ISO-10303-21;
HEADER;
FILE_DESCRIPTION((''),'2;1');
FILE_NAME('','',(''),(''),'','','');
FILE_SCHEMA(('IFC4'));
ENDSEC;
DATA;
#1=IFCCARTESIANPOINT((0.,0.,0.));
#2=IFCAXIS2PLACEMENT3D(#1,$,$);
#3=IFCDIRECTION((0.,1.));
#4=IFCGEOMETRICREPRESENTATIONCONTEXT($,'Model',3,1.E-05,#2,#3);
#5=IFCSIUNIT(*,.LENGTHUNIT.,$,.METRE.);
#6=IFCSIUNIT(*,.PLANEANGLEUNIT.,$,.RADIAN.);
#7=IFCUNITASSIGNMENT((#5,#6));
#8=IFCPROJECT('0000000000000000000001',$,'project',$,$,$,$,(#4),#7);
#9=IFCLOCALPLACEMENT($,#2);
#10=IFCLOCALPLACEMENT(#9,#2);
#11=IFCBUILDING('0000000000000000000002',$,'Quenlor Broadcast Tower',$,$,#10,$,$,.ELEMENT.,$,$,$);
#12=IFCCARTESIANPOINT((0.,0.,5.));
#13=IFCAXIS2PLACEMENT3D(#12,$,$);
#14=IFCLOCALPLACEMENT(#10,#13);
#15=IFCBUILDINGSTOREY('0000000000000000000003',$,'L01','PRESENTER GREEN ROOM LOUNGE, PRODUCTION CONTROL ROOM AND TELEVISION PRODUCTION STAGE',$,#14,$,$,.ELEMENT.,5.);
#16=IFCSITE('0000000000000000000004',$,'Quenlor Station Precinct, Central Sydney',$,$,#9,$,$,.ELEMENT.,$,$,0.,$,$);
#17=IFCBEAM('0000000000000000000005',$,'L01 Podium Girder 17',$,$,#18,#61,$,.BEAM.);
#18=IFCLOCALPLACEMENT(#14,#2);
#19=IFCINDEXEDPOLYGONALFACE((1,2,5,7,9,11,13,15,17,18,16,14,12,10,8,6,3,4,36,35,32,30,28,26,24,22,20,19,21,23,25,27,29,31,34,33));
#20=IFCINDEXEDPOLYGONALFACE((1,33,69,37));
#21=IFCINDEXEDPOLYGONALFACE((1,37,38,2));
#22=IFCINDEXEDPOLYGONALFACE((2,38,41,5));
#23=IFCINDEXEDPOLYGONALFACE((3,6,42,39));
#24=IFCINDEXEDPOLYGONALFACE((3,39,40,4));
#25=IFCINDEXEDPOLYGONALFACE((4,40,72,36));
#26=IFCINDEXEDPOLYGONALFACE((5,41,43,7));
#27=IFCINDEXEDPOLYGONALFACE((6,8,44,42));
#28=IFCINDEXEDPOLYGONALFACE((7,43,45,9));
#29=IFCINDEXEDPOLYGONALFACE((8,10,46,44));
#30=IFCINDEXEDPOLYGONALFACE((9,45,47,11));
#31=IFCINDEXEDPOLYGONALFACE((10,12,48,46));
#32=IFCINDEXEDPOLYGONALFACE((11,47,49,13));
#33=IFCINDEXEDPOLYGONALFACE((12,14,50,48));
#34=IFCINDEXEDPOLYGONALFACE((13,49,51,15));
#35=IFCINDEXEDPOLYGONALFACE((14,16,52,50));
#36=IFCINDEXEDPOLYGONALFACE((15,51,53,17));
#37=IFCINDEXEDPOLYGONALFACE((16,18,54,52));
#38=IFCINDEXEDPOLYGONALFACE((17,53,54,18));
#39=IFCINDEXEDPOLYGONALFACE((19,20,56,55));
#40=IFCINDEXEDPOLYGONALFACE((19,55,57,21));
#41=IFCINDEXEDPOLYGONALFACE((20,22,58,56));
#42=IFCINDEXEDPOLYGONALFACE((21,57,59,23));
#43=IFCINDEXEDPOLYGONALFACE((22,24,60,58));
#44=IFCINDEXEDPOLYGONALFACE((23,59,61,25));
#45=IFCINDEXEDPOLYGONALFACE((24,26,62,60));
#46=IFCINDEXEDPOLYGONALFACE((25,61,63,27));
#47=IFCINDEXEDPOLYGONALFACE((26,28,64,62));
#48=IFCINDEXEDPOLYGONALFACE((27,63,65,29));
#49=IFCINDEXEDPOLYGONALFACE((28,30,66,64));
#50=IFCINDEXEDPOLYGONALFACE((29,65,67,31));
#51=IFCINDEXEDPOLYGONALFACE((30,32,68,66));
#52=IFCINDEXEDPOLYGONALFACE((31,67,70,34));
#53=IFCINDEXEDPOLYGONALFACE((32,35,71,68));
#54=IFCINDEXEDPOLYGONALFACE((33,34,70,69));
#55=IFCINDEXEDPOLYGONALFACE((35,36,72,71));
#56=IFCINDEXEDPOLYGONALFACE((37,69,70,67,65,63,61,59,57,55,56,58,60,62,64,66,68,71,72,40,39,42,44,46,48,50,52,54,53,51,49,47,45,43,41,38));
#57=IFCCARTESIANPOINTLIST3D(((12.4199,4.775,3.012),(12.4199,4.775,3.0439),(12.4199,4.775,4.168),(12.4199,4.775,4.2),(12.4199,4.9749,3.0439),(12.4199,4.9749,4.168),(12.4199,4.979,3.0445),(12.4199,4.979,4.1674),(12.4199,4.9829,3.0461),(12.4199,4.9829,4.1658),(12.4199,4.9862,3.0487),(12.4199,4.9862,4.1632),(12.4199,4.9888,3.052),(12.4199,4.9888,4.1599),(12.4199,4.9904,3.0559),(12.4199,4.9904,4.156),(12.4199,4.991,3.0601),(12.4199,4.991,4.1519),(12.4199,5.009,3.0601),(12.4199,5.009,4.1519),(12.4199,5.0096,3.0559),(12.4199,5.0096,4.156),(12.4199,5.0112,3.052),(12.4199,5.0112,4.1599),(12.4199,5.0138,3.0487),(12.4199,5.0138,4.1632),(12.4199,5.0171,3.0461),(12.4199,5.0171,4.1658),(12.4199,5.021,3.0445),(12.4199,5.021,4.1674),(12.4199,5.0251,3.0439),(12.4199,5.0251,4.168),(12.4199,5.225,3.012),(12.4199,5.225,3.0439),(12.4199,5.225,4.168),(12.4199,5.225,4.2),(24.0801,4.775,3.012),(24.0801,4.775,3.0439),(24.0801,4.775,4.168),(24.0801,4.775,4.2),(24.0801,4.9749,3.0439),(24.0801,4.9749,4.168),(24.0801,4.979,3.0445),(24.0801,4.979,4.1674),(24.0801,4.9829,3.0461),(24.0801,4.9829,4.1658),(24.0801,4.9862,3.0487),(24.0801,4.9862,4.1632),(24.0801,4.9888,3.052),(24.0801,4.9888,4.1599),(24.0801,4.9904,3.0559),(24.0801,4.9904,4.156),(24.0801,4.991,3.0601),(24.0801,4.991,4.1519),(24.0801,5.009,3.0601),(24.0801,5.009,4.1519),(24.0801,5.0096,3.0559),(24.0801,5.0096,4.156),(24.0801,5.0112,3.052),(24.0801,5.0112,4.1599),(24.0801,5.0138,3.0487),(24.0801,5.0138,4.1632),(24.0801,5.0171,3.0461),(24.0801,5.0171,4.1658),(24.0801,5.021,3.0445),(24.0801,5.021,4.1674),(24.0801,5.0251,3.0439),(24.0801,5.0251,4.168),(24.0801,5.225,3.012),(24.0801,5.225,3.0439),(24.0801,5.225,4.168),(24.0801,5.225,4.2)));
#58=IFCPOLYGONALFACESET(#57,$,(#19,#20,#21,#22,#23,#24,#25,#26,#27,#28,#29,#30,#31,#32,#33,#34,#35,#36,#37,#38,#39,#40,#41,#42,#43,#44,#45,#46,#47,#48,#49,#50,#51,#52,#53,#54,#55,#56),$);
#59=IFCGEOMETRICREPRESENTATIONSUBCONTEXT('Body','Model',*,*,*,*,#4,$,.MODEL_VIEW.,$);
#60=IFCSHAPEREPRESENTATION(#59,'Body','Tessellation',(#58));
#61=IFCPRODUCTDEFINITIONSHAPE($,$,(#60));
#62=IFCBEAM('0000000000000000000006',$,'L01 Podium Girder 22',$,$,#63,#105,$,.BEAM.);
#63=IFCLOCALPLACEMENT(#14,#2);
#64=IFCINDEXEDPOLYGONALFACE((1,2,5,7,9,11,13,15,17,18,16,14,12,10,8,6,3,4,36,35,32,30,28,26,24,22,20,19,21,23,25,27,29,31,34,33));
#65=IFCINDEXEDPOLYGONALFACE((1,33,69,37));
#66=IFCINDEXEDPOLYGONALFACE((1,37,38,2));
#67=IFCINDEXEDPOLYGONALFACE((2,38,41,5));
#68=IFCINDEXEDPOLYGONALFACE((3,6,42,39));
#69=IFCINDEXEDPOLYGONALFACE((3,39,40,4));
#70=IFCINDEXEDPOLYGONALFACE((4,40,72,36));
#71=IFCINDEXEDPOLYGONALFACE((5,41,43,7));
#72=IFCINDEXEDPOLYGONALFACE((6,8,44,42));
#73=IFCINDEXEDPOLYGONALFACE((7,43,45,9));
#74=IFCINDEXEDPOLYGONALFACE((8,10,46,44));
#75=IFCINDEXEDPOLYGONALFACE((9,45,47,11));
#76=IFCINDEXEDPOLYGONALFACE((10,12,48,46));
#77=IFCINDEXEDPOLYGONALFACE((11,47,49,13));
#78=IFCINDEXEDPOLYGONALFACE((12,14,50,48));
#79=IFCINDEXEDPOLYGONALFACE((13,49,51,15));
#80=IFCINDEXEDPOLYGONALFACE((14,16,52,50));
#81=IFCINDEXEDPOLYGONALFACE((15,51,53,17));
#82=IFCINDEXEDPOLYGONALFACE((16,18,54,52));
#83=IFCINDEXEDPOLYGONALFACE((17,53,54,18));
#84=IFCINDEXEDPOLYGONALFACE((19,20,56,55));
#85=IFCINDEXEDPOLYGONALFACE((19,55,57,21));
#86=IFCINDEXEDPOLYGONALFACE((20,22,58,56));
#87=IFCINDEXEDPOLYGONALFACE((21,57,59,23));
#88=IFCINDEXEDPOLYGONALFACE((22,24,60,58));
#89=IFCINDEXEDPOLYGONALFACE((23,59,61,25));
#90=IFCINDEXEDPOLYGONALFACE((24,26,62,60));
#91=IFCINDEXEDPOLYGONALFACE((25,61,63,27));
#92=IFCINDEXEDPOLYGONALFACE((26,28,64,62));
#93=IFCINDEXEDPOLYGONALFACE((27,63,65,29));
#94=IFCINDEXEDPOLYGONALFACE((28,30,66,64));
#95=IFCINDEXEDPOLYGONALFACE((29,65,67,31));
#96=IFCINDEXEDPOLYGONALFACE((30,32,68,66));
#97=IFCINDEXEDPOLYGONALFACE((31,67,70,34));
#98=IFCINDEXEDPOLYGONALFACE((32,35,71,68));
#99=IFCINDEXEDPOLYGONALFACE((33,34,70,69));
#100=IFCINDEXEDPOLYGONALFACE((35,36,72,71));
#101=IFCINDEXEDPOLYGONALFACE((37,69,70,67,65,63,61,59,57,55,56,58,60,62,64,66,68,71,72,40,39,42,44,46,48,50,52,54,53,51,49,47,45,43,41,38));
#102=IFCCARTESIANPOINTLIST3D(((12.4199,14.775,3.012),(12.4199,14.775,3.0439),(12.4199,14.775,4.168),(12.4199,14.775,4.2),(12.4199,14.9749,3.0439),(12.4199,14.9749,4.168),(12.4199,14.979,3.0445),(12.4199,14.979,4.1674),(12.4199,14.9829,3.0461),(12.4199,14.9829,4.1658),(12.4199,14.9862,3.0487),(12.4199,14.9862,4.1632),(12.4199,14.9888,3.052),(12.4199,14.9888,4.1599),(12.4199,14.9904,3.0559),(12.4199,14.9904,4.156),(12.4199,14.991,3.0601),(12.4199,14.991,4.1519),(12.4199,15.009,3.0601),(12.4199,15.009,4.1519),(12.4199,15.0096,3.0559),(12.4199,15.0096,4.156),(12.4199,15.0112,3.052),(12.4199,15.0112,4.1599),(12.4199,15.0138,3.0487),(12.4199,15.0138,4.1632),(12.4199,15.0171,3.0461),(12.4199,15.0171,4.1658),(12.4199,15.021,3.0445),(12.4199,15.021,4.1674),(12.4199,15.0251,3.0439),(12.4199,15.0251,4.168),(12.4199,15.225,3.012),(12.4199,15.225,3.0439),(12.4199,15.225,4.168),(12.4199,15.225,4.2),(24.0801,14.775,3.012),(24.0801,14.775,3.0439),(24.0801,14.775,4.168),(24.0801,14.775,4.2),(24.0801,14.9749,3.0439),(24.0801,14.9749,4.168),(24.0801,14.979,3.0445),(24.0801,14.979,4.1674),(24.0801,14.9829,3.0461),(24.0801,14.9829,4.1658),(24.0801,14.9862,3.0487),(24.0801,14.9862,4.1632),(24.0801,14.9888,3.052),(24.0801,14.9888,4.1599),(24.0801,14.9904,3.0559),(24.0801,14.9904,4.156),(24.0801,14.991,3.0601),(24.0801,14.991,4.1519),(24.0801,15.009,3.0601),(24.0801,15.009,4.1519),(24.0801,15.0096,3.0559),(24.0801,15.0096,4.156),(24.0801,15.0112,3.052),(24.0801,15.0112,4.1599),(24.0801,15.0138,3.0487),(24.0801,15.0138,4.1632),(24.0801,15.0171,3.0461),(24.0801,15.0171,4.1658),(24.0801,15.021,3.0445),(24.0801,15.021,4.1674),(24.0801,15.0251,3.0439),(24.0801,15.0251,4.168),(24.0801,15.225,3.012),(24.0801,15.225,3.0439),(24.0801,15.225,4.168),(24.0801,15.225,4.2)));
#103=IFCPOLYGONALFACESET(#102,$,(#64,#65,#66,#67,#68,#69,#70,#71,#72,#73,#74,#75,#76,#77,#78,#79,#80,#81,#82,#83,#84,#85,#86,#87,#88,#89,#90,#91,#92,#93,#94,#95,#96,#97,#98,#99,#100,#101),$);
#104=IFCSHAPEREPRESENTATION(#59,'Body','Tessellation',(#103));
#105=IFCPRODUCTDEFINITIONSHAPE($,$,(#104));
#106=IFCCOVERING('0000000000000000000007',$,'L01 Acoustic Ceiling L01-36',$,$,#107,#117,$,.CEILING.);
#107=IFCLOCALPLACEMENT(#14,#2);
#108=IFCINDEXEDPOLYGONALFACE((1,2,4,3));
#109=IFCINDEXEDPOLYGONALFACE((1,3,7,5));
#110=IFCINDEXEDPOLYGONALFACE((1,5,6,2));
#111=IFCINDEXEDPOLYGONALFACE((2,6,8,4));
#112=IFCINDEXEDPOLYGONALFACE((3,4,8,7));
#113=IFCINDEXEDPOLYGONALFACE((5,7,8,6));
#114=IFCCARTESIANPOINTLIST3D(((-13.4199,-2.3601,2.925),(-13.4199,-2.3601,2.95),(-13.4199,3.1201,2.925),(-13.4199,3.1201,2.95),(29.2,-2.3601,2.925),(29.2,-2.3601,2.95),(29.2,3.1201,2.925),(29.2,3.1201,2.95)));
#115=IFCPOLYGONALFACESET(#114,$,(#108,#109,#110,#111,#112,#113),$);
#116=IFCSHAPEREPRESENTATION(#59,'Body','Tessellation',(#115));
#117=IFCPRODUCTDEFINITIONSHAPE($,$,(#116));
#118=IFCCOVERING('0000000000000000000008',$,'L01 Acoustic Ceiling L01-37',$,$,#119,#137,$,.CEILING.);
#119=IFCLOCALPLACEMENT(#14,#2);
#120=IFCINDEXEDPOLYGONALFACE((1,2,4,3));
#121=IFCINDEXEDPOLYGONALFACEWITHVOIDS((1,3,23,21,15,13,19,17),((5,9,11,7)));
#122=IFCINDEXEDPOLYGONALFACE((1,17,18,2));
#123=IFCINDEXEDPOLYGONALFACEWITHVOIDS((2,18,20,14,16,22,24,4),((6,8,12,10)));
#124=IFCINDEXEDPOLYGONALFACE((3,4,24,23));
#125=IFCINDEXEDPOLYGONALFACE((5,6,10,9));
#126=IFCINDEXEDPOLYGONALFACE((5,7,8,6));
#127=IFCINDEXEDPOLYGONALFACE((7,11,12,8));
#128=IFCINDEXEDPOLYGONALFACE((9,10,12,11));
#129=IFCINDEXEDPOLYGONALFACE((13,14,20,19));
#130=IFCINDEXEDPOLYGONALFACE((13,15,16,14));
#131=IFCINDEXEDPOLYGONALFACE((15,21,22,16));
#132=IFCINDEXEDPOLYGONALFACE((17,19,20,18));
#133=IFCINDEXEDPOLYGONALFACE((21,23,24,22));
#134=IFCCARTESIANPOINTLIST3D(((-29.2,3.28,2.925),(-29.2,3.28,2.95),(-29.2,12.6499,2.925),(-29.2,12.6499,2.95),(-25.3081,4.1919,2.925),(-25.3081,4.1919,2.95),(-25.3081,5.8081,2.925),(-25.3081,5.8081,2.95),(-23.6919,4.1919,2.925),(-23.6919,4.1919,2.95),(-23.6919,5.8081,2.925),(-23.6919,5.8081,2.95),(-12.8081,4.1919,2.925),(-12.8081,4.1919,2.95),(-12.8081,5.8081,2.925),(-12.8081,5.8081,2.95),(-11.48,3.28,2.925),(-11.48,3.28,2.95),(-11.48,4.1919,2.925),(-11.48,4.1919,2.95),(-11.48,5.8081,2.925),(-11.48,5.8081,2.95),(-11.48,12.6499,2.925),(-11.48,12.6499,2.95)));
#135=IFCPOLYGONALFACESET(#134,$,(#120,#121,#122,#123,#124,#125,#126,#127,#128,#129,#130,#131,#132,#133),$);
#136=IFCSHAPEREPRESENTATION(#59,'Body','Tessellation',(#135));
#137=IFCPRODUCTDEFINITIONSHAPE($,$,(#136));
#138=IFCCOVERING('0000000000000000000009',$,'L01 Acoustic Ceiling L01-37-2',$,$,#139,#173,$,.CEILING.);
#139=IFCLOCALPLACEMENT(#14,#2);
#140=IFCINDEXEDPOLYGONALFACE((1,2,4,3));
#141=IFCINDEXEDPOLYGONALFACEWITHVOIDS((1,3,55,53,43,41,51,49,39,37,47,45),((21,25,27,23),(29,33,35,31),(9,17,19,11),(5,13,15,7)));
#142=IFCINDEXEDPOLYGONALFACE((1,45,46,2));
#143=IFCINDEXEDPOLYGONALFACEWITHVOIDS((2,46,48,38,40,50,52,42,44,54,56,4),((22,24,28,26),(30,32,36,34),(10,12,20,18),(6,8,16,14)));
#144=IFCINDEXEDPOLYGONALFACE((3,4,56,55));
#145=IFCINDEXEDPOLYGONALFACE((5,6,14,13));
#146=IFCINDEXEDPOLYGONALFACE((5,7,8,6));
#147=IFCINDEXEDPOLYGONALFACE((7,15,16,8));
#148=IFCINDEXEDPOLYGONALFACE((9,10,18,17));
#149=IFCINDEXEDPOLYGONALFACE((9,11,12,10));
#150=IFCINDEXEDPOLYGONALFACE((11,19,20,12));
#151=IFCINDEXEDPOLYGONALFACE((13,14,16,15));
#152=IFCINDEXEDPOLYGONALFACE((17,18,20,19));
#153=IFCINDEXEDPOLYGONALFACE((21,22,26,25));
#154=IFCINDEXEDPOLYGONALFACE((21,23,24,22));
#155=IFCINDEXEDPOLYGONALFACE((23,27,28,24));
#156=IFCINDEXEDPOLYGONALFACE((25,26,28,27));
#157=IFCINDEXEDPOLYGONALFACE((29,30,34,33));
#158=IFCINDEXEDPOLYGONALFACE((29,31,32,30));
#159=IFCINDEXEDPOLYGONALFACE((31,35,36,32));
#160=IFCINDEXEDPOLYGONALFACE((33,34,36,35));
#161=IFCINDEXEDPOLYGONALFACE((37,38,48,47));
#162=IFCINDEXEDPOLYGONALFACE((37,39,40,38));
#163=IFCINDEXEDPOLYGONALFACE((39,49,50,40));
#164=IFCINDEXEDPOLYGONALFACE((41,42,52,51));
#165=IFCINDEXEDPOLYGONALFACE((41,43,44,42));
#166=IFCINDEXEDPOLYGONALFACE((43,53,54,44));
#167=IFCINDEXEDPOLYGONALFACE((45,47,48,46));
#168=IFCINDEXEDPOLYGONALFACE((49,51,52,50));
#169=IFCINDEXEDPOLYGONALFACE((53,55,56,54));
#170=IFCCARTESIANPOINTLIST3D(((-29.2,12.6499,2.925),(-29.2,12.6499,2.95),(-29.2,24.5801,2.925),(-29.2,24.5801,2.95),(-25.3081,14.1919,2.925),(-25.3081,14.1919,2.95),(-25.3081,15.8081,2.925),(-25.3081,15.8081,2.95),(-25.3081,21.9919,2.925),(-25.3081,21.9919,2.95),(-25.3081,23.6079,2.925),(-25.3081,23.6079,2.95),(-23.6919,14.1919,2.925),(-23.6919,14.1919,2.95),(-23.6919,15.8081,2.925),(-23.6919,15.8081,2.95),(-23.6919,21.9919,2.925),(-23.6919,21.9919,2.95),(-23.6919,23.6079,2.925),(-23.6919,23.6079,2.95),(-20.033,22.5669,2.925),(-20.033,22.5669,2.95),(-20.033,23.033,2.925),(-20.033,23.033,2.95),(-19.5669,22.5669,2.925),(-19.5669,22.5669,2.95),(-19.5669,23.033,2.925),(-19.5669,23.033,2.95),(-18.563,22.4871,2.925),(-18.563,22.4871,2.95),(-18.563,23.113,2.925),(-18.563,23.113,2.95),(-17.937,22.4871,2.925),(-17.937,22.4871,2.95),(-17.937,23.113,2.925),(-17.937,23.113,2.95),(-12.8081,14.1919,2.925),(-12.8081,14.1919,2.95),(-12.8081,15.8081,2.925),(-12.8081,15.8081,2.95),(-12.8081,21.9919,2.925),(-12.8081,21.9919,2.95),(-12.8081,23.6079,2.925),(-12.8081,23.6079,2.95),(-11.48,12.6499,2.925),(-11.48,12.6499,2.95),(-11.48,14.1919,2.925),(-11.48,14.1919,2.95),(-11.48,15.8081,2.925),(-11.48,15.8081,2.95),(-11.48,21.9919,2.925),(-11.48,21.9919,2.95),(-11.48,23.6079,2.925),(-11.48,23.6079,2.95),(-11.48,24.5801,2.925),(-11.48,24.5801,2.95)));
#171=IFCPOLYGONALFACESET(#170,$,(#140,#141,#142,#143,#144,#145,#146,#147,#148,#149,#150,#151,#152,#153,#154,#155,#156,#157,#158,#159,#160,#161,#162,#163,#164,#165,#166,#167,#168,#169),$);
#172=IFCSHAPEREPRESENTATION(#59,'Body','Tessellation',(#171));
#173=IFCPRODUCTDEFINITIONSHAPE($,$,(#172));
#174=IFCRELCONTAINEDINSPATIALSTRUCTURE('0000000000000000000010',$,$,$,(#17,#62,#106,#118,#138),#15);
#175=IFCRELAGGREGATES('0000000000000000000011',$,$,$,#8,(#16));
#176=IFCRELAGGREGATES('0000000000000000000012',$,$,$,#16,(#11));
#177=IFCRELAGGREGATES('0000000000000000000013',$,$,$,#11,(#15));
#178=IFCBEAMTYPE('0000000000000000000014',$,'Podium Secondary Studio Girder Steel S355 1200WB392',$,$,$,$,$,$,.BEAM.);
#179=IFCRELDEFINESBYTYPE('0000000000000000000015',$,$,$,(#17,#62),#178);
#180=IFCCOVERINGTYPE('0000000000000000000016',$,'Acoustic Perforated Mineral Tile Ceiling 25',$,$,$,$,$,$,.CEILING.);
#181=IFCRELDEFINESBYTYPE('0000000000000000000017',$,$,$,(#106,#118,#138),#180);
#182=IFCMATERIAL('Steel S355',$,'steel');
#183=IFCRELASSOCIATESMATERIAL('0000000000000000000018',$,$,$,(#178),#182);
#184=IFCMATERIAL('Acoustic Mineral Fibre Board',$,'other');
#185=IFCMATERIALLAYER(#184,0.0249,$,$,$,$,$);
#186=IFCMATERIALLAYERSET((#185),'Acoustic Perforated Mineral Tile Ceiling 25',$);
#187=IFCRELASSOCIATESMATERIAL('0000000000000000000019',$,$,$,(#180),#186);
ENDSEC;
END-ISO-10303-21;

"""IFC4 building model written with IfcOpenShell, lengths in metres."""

from ifc_helpers import new_model, si_unit, direction, frame, origin, origin_2d, place, context, subcontext, project, spatial, polyline, i_section, outline, extrude, material, layer, layer_set, material_profile, profile_set, type_object, element, save


model = new_model("IFC4")

# Units and contexts
model_context = context("Model", 3, precision=1e-05, world=origin(), true_north=direction((0.0, 1.0)))
body_context = subcontext(model_context, "Body", "Model", "MODEL_VIEW")
ifc_project = project(units=[si_unit("LENGTHUNIT", "METRE"), si_unit("PLANEANGLEUNIT", "RADIAN")], contexts=[model_context])

# Site, building, storey
site_placement = place(None, origin())
site = spatial("IfcSite", under=ifc_project, at=site_placement, Name="Quenlor Station Precinct, Central Sydney", CompositionType="ELEMENT", RefElevation=0.0)
building_placement = place(site_placement, origin())
building = spatial("IfcBuilding", under=site, at=building_placement, Name="Quenlor Broadcast Tower", CompositionType="ELEMENT")
storey_placement = place(building_placement, frame((0.0, 0.0, 5.0)))
storey = spatial("IfcBuildingStorey", under=building, at=storey_placement, Name="L01", Description="PRESENTER GREEN ROOM LOUNGE, PRODUCTION CONTROL ROOM AND TELEVISION PRODUCTION STAGE", CompositionType="ELEMENT", Elevation=5.0)

# Beams
ifc_material_1 = material(Name="Steel S355", Category="steel")
ifc_material_profile_1 = material_profile(ifc_material_1, i_section(OverallWidth=0.45, OverallDepth=1.188, WebThickness=0.0181, FlangeThickness=0.032, FilletRadius=0.0161, at=origin_2d()))
ifc_profile_set_1 = profile_set([ifc_material_profile_1], Name="Steel S355 1200WB392")
beam_type_1 = type_object("IfcBeamType", Name="Podium Secondary Studio Girder Steel S355 1200WB392", PredefinedType="BEAM", material=ifc_profile_set_1)
for number, where, z_axis, x_axis, name in (
    (1, (12.4199, 5.0, 3.606), (1.0, 0.0, 0.0), (0.0, 1.0, 0.0), "L01 Podium Girder 17"),
    (2, (12.4199, 15.0, 3.606), (1.0, 0.0, 0.0), (0.0, 1.0, 0.0), "L01 Podium Girder 22"),
):
    element("IfcBeam", number, at=place(storey_placement, frame(where, z_axis=z_axis, x_axis=x_axis)), inside=storey, type_object=beam_type_1, Name=name, PredefinedType="BEAM", context=body_context, shape_type="SweptSolid", body=[
        extrude(i_section(OverallWidth=0.45, OverallDepth=1.188, WebThickness=0.0181, FlangeThickness=0.032, FilletRadius=0.0161, at=origin_2d()), origin(), (0.0, 0.0, 1.0), 11.6602),
    ])

# Coverings
ifc_material_2 = material(Name="Acoustic Mineral Fibre Board", Category="other")
ifc_layer_1 = layer(ifc_material_2, 0.0249)
ifc_layer_set_1 = layer_set([ifc_layer_1], Name="Acoustic Perforated Mineral Tile Ceiling 25")
covering_type_1 = type_object("IfcCoveringType", Name="Acoustic Perforated Mineral Tile Ceiling 25", PredefinedType="CEILING", material=ifc_layer_set_1)
covering_1_placement = place(storey_placement, frame((0.0, 0.0, 2.925)))
element("IfcCovering", 3, at=covering_1_placement, inside=storey, type_object=covering_type_1, Name="L01 Acoustic Ceiling L01-36", PredefinedType="CEILING", context=body_context, shape_type="SweptSolid", body=[
    extrude(outline(polyline([(29.2, -2.3601), (-13.4199, -2.3601), (-13.4199, 3.1201), (29.2, 3.1201), (29.2, -2.3601)])), origin(), (0.0, 0.0, 1.0), 0.0249),
])
covering_2_placement = place(storey_placement, frame((0.0, 0.0, 2.925)))
element("IfcCovering", 4, at=covering_2_placement, inside=storey, type_object=covering_type_1, Name="L01 Acoustic Ceiling L01-37", PredefinedType="CEILING", context=body_context, shape_type="SweptSolid", body=[
    extrude(outline(polyline([(-11.48, 5.8081), (-12.8081, 5.8081), (-12.8081, 4.1919), (-11.48, 4.1919), (-11.48, 3.28), (-29.2, 3.28), (-29.2, 12.6499), (-11.48, 12.6499), (-11.48, 5.8081)]), holes=[polyline([(-23.6919, 4.1919), (-23.6919, 5.8081), (-25.3081, 5.8081), (-25.3081, 4.1919), (-23.6919, 4.1919)])]), origin(), (0.0, 0.0, 1.0), 0.0249),
])
covering_3_placement = place(storey_placement, frame((0.0, 0.0, 2.925)))
element("IfcCovering", 5, at=covering_3_placement, inside=storey, type_object=covering_type_1, Name="L01 Acoustic Ceiling L01-37-2", PredefinedType="CEILING", context=body_context, shape_type="SweptSolid", body=[
    extrude(outline(polyline([(-11.48, 24.5801), (-11.48, 23.6079), (-12.8081, 23.6079), (-12.8081, 21.9919), (-11.48, 21.9919), (-11.48, 15.8081), (-12.8081, 15.8081), (-12.8081, 14.1919), (-11.48, 14.1919), (-11.48, 12.6499), (-29.2, 12.6499), (-29.2, 24.5801), (-11.48, 24.5801)]), holes=[polyline([(-23.6919, 14.1919), (-23.6919, 15.8081), (-25.3081, 15.8081), (-25.3081, 14.1919), (-23.6919, 14.1919)]), polyline([(-23.6919, 21.9919), (-23.6919, 23.6079), (-25.3081, 23.6079), (-25.3081, 21.9919), (-23.6919, 21.9919)]), polyline([(-19.5669, 22.5669), (-19.5669, 23.033), (-20.033, 23.033), (-20.033, 22.5669), (-19.5669, 22.5669)]), polyline([(-17.937, 22.4871), (-17.937, 23.113), (-18.563, 23.113), (-18.563, 22.4871), (-17.937, 22.4871)])]), origin(), (0.0, 0.0, 1.0), 0.0249),
])

save(model, "model.ifc")
